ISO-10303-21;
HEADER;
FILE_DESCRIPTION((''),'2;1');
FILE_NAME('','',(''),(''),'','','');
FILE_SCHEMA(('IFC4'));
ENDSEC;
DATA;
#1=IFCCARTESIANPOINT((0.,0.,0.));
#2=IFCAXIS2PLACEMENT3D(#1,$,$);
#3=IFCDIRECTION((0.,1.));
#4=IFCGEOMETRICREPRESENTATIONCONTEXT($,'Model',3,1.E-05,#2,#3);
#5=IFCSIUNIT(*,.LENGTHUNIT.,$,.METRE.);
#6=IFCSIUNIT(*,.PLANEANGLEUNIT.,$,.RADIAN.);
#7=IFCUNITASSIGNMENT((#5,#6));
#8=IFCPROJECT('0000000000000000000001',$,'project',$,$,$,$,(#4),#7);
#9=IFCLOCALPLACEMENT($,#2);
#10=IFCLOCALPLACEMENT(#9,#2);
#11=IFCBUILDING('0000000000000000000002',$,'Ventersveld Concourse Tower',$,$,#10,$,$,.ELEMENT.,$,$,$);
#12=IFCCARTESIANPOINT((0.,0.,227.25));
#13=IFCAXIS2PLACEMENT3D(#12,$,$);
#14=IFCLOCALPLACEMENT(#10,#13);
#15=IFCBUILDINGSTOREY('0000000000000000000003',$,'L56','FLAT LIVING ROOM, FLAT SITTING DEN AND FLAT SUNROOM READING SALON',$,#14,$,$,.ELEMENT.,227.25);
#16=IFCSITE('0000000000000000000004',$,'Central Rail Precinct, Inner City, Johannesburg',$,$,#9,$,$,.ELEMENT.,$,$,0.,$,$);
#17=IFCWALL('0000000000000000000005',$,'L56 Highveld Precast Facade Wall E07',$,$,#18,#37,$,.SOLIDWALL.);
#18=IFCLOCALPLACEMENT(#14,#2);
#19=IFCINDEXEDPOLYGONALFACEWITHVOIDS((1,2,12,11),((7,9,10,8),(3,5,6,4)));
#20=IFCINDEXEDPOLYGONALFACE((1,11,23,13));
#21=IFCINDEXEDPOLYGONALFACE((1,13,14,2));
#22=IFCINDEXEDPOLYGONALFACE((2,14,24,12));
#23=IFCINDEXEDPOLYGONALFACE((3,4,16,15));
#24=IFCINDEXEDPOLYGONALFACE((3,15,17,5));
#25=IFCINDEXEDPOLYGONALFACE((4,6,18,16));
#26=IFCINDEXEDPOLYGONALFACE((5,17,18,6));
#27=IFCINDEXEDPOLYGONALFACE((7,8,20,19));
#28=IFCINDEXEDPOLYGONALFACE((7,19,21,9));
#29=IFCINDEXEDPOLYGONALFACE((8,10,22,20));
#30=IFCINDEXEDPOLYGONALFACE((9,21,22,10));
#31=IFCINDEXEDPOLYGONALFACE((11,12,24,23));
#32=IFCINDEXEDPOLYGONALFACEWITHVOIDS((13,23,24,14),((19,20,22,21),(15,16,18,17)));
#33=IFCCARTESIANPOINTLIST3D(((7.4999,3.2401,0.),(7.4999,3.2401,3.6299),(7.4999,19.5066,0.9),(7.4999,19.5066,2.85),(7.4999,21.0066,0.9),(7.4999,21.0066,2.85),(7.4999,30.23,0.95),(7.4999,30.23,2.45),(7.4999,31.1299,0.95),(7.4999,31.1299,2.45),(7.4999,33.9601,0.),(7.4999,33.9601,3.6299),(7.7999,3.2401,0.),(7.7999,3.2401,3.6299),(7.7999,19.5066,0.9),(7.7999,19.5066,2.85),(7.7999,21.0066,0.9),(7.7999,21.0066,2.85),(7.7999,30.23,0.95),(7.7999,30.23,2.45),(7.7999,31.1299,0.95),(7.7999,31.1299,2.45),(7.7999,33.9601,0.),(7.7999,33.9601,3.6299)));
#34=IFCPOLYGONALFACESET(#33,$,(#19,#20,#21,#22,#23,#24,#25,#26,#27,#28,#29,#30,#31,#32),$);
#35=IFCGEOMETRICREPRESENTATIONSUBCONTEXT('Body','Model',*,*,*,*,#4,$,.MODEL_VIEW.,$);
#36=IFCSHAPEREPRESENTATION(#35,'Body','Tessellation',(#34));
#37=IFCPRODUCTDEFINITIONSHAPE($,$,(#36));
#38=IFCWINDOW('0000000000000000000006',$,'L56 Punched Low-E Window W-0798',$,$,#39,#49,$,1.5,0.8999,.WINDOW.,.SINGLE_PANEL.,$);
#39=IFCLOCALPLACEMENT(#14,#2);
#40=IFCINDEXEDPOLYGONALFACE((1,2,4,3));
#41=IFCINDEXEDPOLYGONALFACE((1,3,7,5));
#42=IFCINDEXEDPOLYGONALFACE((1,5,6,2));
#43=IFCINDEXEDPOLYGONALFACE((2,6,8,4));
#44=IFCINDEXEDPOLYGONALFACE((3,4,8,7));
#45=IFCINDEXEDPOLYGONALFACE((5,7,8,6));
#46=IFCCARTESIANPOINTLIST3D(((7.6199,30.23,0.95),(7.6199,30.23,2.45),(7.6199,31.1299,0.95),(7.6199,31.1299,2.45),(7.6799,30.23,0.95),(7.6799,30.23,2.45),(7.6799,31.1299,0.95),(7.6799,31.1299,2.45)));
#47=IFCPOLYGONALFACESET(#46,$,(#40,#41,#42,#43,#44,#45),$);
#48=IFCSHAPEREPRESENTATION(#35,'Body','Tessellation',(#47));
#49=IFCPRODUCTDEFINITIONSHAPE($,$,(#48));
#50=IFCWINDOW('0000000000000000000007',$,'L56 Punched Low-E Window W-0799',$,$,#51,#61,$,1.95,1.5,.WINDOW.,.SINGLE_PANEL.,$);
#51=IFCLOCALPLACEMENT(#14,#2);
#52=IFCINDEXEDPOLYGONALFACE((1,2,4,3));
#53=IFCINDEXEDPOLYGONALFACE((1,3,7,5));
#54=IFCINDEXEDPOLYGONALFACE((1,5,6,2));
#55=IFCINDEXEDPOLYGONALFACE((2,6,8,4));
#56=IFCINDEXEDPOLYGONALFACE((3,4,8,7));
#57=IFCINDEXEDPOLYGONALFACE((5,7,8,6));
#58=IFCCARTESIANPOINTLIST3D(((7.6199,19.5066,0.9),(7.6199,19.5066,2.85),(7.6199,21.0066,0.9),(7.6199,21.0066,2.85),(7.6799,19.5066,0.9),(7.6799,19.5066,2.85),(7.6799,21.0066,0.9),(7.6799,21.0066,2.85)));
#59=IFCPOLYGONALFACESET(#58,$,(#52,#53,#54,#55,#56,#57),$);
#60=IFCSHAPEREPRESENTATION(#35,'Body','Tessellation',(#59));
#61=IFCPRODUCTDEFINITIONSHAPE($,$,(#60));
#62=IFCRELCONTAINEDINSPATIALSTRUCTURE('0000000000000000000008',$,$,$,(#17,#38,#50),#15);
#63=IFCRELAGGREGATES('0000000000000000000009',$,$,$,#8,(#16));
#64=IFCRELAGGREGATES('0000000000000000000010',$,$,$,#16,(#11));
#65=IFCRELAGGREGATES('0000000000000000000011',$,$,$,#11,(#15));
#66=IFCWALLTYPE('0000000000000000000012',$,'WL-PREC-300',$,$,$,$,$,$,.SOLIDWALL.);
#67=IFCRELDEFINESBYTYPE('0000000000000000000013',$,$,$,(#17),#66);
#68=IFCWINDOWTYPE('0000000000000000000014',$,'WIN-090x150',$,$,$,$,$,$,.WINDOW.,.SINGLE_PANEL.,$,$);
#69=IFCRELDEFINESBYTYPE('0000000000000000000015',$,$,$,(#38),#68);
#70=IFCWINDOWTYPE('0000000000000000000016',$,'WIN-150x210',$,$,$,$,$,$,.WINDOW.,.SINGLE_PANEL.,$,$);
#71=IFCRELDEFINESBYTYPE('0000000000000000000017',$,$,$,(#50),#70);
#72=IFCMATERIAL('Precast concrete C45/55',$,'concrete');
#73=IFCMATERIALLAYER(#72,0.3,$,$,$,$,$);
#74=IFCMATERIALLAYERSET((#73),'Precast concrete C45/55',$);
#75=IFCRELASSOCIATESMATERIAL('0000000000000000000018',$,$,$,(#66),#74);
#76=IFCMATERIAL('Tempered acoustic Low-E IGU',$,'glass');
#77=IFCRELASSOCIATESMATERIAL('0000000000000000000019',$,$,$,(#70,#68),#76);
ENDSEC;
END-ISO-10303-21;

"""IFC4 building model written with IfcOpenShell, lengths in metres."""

from ifc_helpers import new_model, si_unit, direction, frame, frame_2d, origin, place, context, subcontext, project, spatial, rectangle, extrude, material, layer, layer_set, type_object, element, fill, save


model = new_model("IFC4")

# Units and contexts
model_context = context("Model", 3, precision=1e-05, world=origin(), true_north=direction((0.0, 1.0)))
body_context = subcontext(model_context, "Body", "Model", "MODEL_VIEW")
ifc_project = project(units=[si_unit("LENGTHUNIT", "METRE"), si_unit("PLANEANGLEUNIT", "RADIAN")], contexts=[model_context])

# Site, building, storey
site_placement = place(None, origin())
site = spatial("IfcSite", under=ifc_project, at=site_placement, Name="Central Rail Precinct, Inner City, Johannesburg", CompositionType="ELEMENT", RefElevation=0.0)
building_placement = place(site_placement, origin())
building = spatial("IfcBuilding", under=site, at=building_placement, Name="Ventersveld Concourse Tower", CompositionType="ELEMENT")
storey_placement = place(building_placement, frame((0.0, 0.0, 227.25)))
storey = spatial("IfcBuildingStorey", under=building, at=storey_placement, Name="L56", Description="FLAT LIVING ROOM, FLAT SITTING DEN AND FLAT SUNROOM READING SALON", CompositionType="ELEMENT", Elevation=227.25)

# Shared definitions
ifc_material_1 = material(Name="Precast concrete C45/55", Category="concrete")
ifc_layer_1 = layer(ifc_material_1, 0.3)
ifc_layer_set_1 = layer_set([ifc_layer_1], Name="Precast concrete C45/55")
wall_type_1 = type_object("IfcWallType", Name="WL-PREC-300", PredefinedType="SOLIDWALL", material=ifc_layer_set_1)
ifc_material_2 = material(Name="Tempered acoustic Low-E IGU", Category="glass")
window_type_1 = type_object("IfcWindowType", Name="WIN-150x210", PartitioningType="SINGLE_PANEL", PredefinedType="WINDOW", material=ifc_material_2)

# Wall, openings, windows
wall_1_placement = place(storey_placement, frame((7.6499, 33.96, 0.0), z_axis=(0.0, 0.0, 1.0), x_axis=(0.0, -1.0, 0.0)))
wall_1 = element("IfcWall", 1, at=wall_1_placement, inside=storey, type_object=wall_type_1, Name="L56 Highveld Precast Facade Wall E07", PredefinedType="SOLIDWALL", context=body_context, shape_type="SweptSolid", body=[
    extrude(rectangle(XDim=30.72, YDim=0.3, at=frame_2d((15.3599, 0.0))), origin(), (0.0, 0.0, 1.0), 3.6299),
])
opening_1_placement = place(wall_1_placement, frame((2.8301, 0.0, 0.95)))
opening_1 = element("IfcOpeningElement", 2, at=opening_1_placement, cuts=wall_1, PredefinedType="OPENING", context=body_context, shape_type="SweptSolid", body=[
    extrude(rectangle(XDim=0.8999, YDim=1.5, at=frame_2d((0.45, 0.75))), frame((0.0, 0.1602, 0.0), z_axis=(0.0, -1.0, 0.0), x_axis=(1.0, 0.0, 0.0)), (0.0, 0.0, 1.0), 0.3201),
])
opening_2_placement = place(wall_1_placement, frame((12.9534, 0.0, 0.8999)))
opening_2 = element("IfcOpeningElement", 3, at=opening_2_placement, cuts=wall_1, PredefinedType="OPENING", context=body_context, shape_type="SweptSolid", body=[
    extrude(rectangle(XDim=1.5, YDim=1.95, at=frame_2d((0.75, 0.9751))), frame((0.0, 0.1602, 0.0), z_axis=(0.0, -1.0, 0.0), x_axis=(1.0, 0.0, 0.0)), (0.0, 0.0, 1.0), 0.3201),
])
window_type_2 = type_object("IfcWindowType", Name="WIN-090x150", PartitioningType="SINGLE_PANEL", PredefinedType="WINDOW", material=ifc_material_2)
window_1_placement = place(opening_1_placement, origin())
window_1 = element("IfcWindow", 4, at=window_1_placement, inside=storey, type_object=window_type_2, Name="L56 Punched Low-E Window W-0798", OverallHeight=1.5, OverallWidth=0.8999, PartitioningType="SINGLE_PANEL", PredefinedType="WINDOW", context=body_context, shape_type="SweptSolid", body=[
    extrude(rectangle(XDim=0.8999, YDim=1.5, at=frame_2d((0.45, 0.75))), frame((0.0, 0.03, 0.0), z_axis=(0.0, -1.0, 0.0), x_axis=(1.0, 0.0, 0.0)), (0.0, 0.0, 1.0), 0.0601),
])
fill(opening_1, window_1)
window_2_placement = place(opening_2_placement, origin())
window_2 = element("IfcWindow", 5, at=window_2_placement, inside=storey, type_object=window_type_1, Name="L56 Punched Low-E Window W-0799", OverallHeight=1.95, OverallWidth=1.5, PartitioningType="SINGLE_PANEL", PredefinedType="WINDOW", context=body_context, shape_type="SweptSolid", body=[
    extrude(rectangle(XDim=1.5, YDim=1.95, at=frame_2d((0.75, 0.9751))), frame((0.0, 0.03, 0.0), z_axis=(0.0, -1.0, 0.0), x_axis=(1.0, 0.0, 0.0)), (0.0, 0.0, 1.0), 0.0601),
])
fill(opening_2, window_2)

save(model, "model.ifc")
